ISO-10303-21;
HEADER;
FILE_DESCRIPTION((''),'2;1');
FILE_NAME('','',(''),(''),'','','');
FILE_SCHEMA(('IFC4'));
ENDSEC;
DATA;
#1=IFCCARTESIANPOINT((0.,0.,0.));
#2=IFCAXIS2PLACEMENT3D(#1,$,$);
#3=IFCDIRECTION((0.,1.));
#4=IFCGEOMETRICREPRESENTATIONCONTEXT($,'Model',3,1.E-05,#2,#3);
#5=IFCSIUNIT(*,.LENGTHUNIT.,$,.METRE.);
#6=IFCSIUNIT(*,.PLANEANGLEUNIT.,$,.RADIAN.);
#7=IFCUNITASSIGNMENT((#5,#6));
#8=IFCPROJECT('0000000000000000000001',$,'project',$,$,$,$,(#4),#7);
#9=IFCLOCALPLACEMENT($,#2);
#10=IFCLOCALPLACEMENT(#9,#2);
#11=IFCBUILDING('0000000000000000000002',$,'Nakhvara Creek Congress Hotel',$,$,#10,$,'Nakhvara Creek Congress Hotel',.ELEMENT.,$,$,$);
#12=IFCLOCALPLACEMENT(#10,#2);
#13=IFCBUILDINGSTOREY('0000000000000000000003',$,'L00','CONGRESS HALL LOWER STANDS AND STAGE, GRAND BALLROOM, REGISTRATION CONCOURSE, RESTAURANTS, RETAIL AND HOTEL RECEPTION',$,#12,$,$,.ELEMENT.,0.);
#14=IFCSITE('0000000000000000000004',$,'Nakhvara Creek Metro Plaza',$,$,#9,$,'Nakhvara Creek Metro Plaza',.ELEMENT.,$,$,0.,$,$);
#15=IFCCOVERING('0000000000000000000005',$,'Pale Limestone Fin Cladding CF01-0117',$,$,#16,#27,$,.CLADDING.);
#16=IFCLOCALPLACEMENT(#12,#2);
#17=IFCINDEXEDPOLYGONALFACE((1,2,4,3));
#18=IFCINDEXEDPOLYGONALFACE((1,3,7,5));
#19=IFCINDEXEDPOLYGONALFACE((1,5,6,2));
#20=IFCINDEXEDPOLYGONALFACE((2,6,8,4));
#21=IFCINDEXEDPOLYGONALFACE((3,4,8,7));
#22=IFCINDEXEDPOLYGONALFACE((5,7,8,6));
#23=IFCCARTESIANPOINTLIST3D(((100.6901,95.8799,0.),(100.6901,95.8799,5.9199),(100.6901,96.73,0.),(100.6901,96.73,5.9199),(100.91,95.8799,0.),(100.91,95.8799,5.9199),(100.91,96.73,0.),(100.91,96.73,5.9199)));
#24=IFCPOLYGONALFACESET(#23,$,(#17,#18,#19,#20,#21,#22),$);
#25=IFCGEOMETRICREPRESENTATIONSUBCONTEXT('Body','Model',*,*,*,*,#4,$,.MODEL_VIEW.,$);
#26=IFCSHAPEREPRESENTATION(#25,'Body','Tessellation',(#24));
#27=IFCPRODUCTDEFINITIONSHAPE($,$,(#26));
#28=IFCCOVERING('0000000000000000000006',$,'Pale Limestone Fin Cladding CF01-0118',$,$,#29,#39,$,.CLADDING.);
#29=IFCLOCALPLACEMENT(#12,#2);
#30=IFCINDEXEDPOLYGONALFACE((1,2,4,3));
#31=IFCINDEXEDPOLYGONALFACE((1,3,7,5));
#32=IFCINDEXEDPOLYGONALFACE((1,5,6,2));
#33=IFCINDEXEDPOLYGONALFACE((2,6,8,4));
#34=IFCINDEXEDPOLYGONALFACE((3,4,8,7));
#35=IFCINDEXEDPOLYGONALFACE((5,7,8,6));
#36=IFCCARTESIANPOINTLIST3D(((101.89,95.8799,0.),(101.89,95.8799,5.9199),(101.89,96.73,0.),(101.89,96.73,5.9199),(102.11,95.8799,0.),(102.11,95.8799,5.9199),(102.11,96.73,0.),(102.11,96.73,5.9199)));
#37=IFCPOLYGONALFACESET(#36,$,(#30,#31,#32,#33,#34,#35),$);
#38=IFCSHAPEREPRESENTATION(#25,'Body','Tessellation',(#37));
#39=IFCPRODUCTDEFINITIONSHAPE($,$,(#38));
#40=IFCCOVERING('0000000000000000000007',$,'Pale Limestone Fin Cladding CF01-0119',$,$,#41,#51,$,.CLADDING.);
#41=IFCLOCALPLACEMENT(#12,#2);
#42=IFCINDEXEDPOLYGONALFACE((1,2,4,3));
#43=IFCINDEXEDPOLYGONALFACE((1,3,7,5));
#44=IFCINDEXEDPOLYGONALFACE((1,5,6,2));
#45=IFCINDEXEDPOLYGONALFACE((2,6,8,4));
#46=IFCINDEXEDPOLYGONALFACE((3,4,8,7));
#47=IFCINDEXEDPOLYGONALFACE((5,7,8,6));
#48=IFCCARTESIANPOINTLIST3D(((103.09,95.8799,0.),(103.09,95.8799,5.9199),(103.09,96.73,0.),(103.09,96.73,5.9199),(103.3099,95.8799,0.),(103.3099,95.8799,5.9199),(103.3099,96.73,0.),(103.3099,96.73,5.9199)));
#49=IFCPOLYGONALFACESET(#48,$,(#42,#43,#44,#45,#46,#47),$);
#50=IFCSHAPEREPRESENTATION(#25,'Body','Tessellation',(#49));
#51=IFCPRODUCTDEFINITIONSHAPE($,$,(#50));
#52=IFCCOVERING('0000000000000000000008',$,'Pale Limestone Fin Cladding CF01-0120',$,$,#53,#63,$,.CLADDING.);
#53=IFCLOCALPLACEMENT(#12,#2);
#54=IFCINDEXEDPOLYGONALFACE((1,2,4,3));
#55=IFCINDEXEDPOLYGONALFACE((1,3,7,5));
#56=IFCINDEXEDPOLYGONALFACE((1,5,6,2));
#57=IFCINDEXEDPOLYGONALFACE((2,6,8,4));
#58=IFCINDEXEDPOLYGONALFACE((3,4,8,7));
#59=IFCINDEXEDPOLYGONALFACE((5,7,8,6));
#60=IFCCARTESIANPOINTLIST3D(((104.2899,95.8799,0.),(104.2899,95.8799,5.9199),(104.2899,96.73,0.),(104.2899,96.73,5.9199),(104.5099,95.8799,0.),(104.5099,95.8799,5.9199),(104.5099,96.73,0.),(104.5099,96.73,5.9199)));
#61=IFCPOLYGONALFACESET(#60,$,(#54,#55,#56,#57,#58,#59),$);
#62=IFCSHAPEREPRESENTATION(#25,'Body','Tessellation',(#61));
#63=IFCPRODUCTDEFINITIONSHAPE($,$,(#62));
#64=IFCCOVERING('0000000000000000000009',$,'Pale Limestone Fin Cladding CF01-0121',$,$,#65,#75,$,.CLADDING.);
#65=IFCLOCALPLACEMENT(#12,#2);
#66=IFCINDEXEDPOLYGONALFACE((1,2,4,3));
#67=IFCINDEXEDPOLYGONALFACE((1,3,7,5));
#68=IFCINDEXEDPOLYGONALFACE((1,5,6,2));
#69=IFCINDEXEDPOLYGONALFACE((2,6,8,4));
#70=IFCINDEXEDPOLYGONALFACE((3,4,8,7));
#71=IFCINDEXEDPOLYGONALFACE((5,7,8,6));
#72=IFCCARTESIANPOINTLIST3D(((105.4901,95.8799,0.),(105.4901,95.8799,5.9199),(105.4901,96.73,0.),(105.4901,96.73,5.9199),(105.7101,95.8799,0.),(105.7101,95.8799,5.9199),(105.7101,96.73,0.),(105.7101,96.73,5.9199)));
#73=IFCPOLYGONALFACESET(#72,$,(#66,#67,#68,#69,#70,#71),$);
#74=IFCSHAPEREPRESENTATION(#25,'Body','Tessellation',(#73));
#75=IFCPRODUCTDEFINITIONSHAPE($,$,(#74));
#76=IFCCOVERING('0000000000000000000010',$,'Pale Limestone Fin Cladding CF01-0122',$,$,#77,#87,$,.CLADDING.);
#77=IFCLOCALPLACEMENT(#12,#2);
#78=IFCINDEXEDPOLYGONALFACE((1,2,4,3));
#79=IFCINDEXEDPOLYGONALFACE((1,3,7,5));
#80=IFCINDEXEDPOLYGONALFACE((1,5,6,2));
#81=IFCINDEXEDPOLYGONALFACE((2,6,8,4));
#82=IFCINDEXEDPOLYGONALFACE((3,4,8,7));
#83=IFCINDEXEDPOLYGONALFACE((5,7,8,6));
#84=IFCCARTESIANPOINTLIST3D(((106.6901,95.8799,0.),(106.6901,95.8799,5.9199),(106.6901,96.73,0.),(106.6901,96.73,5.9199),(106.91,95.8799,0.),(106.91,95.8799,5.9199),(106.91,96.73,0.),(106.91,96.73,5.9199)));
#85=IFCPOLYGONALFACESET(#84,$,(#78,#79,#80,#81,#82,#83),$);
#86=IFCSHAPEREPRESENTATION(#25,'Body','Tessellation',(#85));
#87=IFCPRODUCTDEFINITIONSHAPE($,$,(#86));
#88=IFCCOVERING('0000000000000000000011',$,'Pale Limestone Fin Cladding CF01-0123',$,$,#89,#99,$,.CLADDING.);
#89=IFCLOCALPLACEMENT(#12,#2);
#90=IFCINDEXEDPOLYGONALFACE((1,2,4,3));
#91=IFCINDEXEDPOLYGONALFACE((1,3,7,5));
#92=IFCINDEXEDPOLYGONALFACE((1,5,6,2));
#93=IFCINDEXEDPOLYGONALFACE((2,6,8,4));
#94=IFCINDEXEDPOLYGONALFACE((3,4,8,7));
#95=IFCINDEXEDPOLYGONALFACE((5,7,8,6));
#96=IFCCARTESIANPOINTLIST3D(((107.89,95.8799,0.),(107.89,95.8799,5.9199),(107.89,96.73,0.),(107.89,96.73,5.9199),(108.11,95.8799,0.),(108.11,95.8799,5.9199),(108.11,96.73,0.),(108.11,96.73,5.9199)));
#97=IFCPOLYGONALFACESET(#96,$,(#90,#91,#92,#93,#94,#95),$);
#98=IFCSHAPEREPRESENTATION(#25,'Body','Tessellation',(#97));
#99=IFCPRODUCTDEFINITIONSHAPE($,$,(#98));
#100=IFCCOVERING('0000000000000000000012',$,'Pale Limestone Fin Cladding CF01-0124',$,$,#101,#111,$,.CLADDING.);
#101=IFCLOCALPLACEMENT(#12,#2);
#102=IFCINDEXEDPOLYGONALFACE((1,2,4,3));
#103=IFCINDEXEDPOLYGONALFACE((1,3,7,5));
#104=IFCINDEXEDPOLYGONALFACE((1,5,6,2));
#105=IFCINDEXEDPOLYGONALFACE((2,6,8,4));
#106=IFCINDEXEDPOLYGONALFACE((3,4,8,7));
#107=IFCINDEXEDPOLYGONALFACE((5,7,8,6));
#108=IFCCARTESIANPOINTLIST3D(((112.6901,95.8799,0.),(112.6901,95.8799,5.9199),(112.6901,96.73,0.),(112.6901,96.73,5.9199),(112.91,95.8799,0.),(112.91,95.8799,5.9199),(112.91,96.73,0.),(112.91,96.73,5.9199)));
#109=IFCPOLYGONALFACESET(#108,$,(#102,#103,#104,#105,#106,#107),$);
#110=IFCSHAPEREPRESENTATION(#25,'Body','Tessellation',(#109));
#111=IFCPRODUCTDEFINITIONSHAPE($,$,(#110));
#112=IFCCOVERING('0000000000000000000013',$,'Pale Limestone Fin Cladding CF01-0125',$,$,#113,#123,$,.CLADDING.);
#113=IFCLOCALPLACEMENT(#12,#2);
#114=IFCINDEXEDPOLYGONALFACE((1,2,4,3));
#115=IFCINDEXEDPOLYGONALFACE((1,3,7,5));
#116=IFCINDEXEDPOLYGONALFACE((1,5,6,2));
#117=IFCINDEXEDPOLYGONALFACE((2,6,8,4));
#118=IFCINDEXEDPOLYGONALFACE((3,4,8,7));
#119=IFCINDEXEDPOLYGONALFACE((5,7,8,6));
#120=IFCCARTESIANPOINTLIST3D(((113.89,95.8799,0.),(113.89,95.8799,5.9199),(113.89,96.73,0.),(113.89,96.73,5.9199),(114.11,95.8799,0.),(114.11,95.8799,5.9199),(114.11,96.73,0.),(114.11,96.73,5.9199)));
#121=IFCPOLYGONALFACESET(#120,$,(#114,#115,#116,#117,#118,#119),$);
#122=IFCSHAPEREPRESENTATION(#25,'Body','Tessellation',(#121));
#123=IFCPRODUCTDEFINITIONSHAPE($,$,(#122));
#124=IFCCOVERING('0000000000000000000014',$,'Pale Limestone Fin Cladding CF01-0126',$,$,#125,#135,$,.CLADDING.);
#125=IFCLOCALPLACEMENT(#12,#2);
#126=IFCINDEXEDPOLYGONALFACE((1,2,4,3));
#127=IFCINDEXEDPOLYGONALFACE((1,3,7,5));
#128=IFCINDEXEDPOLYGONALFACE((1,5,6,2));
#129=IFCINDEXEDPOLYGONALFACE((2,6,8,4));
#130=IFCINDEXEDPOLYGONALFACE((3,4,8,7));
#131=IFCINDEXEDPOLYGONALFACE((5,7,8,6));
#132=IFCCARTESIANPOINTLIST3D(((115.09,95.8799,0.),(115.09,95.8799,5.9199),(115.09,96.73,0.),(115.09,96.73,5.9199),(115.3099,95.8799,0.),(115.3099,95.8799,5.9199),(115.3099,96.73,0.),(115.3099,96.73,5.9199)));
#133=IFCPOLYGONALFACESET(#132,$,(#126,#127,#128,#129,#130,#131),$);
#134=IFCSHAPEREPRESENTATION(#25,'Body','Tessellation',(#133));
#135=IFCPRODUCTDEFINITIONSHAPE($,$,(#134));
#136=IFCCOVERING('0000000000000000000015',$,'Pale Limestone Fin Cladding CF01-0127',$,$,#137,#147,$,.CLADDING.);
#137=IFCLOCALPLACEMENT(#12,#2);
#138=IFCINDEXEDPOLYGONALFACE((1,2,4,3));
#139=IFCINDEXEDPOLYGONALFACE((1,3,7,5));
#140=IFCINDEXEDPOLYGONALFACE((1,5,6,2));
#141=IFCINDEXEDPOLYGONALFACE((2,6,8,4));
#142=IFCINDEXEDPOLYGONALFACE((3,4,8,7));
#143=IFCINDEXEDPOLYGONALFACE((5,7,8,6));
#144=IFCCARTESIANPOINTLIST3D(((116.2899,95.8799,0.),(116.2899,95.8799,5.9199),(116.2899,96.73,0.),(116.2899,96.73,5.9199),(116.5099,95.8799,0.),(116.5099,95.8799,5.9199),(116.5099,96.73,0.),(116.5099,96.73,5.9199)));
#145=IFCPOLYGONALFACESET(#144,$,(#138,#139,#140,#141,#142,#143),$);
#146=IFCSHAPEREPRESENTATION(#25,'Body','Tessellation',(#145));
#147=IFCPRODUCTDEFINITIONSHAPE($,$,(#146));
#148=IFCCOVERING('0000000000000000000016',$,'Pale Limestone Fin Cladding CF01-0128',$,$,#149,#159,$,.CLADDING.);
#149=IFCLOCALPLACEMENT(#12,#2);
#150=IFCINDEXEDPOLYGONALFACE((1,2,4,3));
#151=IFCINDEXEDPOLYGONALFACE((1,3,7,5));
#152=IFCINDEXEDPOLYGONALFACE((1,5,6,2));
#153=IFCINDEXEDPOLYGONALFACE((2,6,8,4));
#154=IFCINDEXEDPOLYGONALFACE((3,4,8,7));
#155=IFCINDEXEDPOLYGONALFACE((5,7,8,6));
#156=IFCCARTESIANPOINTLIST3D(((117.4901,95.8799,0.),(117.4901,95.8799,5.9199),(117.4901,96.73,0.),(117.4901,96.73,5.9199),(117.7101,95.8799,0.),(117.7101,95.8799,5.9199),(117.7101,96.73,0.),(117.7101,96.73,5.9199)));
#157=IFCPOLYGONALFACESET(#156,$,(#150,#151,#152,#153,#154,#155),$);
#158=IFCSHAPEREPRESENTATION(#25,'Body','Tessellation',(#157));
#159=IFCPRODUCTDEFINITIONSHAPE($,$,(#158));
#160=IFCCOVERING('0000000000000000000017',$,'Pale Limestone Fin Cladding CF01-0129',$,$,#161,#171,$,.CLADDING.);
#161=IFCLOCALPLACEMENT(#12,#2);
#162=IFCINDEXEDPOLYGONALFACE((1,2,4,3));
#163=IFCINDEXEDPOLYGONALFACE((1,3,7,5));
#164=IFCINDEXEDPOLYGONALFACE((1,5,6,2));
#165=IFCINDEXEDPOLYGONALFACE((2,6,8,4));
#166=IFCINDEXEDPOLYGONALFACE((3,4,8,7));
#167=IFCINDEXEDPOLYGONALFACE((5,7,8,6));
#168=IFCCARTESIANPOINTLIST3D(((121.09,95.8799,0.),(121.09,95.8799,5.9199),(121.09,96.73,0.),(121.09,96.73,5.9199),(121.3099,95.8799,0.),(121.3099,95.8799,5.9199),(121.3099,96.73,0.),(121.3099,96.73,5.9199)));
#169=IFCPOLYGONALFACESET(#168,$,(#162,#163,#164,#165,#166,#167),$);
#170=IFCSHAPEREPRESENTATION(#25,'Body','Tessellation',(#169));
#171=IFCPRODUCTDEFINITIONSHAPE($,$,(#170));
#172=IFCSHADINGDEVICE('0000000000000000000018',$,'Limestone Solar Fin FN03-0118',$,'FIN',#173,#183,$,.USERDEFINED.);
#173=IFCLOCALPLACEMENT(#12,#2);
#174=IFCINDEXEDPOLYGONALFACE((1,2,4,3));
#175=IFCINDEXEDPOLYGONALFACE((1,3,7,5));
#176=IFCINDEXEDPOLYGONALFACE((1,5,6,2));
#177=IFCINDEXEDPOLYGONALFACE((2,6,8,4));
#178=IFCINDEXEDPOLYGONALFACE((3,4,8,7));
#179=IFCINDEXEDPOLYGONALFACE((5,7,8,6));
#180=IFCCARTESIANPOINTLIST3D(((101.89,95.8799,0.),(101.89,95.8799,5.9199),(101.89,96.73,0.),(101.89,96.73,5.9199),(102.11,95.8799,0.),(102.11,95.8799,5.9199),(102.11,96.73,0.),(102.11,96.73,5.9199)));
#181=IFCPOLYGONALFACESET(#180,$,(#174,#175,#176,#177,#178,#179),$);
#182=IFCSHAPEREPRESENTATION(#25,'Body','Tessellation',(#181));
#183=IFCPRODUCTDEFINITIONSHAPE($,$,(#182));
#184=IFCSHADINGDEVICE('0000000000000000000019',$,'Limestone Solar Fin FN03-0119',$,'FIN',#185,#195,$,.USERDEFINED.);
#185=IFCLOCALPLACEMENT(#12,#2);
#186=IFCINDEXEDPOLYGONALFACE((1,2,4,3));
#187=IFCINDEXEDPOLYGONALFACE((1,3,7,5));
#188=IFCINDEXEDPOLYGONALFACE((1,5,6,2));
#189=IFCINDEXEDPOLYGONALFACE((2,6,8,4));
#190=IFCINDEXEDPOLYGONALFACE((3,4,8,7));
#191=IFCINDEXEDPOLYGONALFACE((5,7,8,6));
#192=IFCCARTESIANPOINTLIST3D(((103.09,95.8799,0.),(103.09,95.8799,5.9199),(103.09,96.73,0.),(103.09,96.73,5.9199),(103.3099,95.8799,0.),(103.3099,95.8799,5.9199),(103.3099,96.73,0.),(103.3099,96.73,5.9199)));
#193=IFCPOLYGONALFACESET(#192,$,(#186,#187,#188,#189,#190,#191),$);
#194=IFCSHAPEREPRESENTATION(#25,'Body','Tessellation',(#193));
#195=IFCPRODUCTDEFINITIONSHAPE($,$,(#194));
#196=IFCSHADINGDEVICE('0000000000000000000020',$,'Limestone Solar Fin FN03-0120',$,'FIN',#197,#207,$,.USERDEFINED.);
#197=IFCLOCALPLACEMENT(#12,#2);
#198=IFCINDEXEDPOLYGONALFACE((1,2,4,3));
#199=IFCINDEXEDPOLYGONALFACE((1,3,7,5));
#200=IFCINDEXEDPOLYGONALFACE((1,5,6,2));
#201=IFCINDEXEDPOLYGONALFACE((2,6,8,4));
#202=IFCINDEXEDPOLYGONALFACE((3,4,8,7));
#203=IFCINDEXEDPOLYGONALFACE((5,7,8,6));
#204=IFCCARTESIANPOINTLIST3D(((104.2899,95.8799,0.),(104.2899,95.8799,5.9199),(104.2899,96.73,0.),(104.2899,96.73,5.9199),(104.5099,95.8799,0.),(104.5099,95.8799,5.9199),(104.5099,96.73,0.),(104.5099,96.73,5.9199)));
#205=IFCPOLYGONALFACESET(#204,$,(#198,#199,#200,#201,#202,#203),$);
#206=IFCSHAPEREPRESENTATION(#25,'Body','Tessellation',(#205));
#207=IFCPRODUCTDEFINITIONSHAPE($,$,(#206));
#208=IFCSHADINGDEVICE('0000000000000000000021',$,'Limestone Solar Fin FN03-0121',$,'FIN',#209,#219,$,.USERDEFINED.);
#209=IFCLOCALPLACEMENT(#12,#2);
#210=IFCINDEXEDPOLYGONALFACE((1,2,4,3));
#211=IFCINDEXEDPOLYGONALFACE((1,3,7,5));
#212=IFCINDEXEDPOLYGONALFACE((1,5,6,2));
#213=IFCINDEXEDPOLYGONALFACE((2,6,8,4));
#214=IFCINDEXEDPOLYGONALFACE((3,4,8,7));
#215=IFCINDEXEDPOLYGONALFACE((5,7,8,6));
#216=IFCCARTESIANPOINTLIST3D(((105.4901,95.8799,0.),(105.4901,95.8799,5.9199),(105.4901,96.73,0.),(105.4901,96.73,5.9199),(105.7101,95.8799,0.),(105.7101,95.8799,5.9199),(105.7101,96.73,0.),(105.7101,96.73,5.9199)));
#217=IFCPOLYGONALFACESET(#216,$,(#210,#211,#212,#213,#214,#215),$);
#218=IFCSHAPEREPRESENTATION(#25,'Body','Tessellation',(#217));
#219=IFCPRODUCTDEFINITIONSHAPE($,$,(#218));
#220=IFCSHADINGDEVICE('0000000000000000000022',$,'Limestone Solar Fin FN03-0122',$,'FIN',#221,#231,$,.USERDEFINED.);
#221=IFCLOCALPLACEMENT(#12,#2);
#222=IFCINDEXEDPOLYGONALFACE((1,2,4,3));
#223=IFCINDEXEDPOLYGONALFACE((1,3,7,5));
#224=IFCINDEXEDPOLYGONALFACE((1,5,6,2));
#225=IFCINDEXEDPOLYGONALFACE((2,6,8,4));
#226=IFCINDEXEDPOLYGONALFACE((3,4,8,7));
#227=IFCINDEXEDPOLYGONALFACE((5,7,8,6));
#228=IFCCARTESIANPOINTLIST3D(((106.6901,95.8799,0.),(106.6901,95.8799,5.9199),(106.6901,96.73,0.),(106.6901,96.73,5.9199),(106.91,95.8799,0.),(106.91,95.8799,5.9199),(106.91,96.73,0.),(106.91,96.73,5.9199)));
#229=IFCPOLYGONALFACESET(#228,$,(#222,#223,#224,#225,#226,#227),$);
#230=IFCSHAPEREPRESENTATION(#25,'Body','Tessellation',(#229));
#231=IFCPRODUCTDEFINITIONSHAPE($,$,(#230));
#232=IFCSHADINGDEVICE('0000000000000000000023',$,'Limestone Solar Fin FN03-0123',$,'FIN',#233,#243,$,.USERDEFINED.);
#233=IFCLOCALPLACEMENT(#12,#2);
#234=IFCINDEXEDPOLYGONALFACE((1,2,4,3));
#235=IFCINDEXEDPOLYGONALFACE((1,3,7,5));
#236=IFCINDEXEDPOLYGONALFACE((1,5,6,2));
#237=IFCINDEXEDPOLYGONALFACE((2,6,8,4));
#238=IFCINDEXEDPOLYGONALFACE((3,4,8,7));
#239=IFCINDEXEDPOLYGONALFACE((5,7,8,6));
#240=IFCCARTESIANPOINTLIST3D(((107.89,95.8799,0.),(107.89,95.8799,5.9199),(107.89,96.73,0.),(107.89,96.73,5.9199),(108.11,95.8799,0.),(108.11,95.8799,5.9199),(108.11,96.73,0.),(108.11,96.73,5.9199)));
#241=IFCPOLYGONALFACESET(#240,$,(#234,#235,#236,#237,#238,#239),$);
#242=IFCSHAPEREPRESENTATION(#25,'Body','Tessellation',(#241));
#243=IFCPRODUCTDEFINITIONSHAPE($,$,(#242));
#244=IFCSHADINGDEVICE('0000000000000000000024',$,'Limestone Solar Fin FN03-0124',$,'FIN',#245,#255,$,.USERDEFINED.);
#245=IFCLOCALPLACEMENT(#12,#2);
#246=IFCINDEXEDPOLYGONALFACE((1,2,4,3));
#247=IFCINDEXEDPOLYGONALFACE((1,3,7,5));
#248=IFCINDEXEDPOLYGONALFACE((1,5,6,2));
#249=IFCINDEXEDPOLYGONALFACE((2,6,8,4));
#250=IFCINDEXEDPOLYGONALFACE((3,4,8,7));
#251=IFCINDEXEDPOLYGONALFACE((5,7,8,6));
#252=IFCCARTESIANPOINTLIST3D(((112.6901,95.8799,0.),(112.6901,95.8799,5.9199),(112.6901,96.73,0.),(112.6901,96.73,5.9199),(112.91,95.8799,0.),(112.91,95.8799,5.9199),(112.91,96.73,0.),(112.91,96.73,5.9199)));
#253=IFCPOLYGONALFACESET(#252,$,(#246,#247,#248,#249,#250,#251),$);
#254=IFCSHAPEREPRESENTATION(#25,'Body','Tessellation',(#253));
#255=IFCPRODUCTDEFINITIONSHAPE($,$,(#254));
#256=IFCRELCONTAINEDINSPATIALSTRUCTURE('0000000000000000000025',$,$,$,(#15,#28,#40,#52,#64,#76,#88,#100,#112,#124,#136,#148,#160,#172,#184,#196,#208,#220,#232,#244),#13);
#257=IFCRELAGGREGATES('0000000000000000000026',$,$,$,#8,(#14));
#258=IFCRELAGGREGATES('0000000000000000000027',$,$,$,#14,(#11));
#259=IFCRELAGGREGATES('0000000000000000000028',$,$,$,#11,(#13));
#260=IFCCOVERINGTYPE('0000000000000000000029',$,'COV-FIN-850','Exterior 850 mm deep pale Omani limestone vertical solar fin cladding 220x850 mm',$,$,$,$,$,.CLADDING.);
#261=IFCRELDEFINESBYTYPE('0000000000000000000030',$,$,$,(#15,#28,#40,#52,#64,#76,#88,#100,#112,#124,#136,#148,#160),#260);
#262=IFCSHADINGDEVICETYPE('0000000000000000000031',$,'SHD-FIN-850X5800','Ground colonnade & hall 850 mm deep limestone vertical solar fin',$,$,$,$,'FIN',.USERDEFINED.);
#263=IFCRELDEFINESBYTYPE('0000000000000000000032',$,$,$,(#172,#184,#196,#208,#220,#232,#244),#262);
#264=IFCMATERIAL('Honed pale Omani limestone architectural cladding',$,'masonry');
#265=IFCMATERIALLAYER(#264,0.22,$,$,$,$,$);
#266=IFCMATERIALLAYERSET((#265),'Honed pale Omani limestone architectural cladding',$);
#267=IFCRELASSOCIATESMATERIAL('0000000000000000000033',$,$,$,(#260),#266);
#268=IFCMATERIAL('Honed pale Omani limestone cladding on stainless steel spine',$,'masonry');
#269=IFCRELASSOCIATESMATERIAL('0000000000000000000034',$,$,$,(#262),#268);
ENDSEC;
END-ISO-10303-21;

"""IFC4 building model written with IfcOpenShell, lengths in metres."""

from ifc_helpers import new_model, si_unit, direction, frame, origin, origin_2d, place, context, subcontext, project, spatial, rectangle, extrude, material, layer, layer_set, type_object, element, save


model = new_model("IFC4")

# Units and contexts
model_context = context("Model", 3, precision=1e-05, world=origin(), true_north=direction((0.0, 1.0)))
body_context = subcontext(model_context, "Body", "Model", "MODEL_VIEW")
ifc_project = project(units=[si_unit("LENGTHUNIT", "METRE"), si_unit("PLANEANGLEUNIT", "RADIAN")], contexts=[model_context])

# Site, building, storey
site_placement = place(None, origin())
site = spatial("IfcSite", under=ifc_project, at=site_placement, Name="Nakhvara Creek Metro Plaza", LongName="Nakhvara Creek Metro Plaza", CompositionType="ELEMENT", RefElevation=0.0)
building_placement = place(site_placement, origin())
building = spatial("IfcBuilding", under=site, at=building_placement, Name="Nakhvara Creek Congress Hotel", LongName="Nakhvara Creek Congress Hotel", CompositionType="ELEMENT")
storey_placement = place(building_placement, origin())
storey = spatial("IfcBuildingStorey", under=building, at=storey_placement, Name="L00", Description="CONGRESS HALL LOWER STANDS AND STAGE, GRAND BALLROOM, REGISTRATION CONCOURSE, RESTAURANTS, RETAIL AND HOTEL RECEPTION", CompositionType="ELEMENT", Elevation=0.0)

# Coverings
ifc_material_1 = material(Name="Honed pale Omani limestone architectural cladding", Category="masonry")
ifc_layer = layer(ifc_material_1, 0.22)
ifc_layer_set = layer_set([ifc_layer], Name="Honed pale Omani limestone architectural cladding")
covering_type = type_object("IfcCoveringType", Name="COV-FIN-850", Description="Exterior 850 mm deep pale Omani limestone vertical solar fin cladding 220x850 mm", PredefinedType="CLADDING", material=ifc_layer_set)
for number, where, z_axis, x_axis, name in (
    (1, (100.8, 96.3049, 0.0), (0.0, 0.0, 1.0), (1.0, 0.0, 0.0), "Pale Limestone Fin Cladding CF01-0117"),
    (2, (102.0, 96.3049, 0.0), (0.0, 0.0, 1.0), (1.0, 0.0, 0.0), "Pale Limestone Fin Cladding CF01-0118"),
    (3, (103.2, 96.3049, 0.0), (0.0, 0.0, 1.0), (1.0, 0.0, 0.0), "Pale Limestone Fin Cladding CF01-0119"),
    (4, (104.3999, 96.3049, 0.0), (0.0, 0.0, 1.0), (1.0, 0.0, 0.0), "Pale Limestone Fin Cladding CF01-0120"),
    (5, (105.6001, 96.3049, 0.0), (0.0, 0.0, 1.0), (1.0, 0.0, 0.0), "Pale Limestone Fin Cladding CF01-0121"),
    (6, (106.8, 96.3049, 0.0), (0.0, 0.0, 1.0), (1.0, 0.0, 0.0), "Pale Limestone Fin Cladding CF01-0122"),
    (7, (108.0, 96.3049, 0.0), (0.0, 0.0, 1.0), (1.0, 0.0, 0.0), "Pale Limestone Fin Cladding CF01-0123"),
    (8, (112.8, 96.3049, 0.0), (0.0, 0.0, 1.0), (1.0, 0.0, 0.0), "Pale Limestone Fin Cladding CF01-0124"),
    (9, (114.0, 96.3049, 0.0), (0.0, 0.0, 1.0), (1.0, 0.0, 0.0), "Pale Limestone Fin Cladding CF01-0125"),
    (10, (115.2, 96.3049, 0.0), (0.0, 0.0, 1.0), (1.0, 0.0, 0.0), "Pale Limestone Fin Cladding CF01-0126"),
    (11, (116.3999, 96.3049, 0.0), (0.0, 0.0, 1.0), (1.0, 0.0, 0.0), "Pale Limestone Fin Cladding CF01-0127"),
    (12, (117.6001, 96.3049, 0.0), (0.0, 0.0, 1.0), (1.0, 0.0, 0.0), "Pale Limestone Fin Cladding CF01-0128"),
    (13, (121.2, 96.3049, 0.0), (0.0, 0.0, 1.0), (1.0, 0.0, 0.0), "Pale Limestone Fin Cladding CF01-0129"),
):
    element("IfcCovering", number, at=place(storey_placement, frame(where, z_axis=z_axis, x_axis=x_axis)), inside=storey, type_object=covering_type, Name=name, PredefinedType="CLADDING", context=body_context, shape_type="SweptSolid", body=[
        extrude(rectangle(XDim=0.22, YDim=0.8501, at=origin_2d()), origin(), (0.0, 0.0, 1.0), 5.9199),
    ])

# Shading devices
ifc_material_2 = material(Name="Honed pale Omani limestone cladding on stainless steel spine", Category="masonry")
shading_device_type = type_object("IfcShadingDeviceType", Name="SHD-FIN-850X5800", Description="Ground colonnade & hall 850 mm deep limestone vertical solar fin", ElementType="FIN", PredefinedType="USERDEFINED", material=ifc_material_2)
for number, where, z_axis, x_axis, name in (
    (14, (102.0, 96.3049, 0.0), (0.0, 0.0, 1.0), (1.0, 0.0, 0.0), "Limestone Solar Fin FN03-0118"),
    (15, (103.2, 96.3049, 0.0), (0.0, 0.0, 1.0), (1.0, 0.0, 0.0), "Limestone Solar Fin FN03-0119"),
    (16, (104.3999, 96.3049, 0.0), (0.0, 0.0, 1.0), (1.0, 0.0, 0.0), "Limestone Solar Fin FN03-0120"),
    (17, (105.6001, 96.3049, 0.0), (0.0, 0.0, 1.0), (1.0, 0.0, 0.0), "Limestone Solar Fin FN03-0121"),
    (18, (106.8, 96.3049, 0.0), (0.0, 0.0, 1.0), (1.0, 0.0, 0.0), "Limestone Solar Fin FN03-0122"),
    (19, (108.0, 96.3049, 0.0), (0.0, 0.0, 1.0), (1.0, 0.0, 0.0), "Limestone Solar Fin FN03-0123"),
    (20, (112.8, 96.3049, 0.0), (0.0, 0.0, 1.0), (1.0, 0.0, 0.0), "Limestone Solar Fin FN03-0124"),
):
    element("IfcShadingDevice", number, at=place(storey_placement, frame(where, z_axis=z_axis, x_axis=x_axis)), inside=storey, type_object=shading_device_type, Name=name, ObjectType="FIN", PredefinedType="USERDEFINED", context=body_context, shape_type="SweptSolid", body=[
        extrude(rectangle(XDim=0.22, YDim=0.8501, at=origin_2d()), origin(), (0.0, 0.0, 1.0), 5.9199),
    ])

save(model, "model.ifc")
